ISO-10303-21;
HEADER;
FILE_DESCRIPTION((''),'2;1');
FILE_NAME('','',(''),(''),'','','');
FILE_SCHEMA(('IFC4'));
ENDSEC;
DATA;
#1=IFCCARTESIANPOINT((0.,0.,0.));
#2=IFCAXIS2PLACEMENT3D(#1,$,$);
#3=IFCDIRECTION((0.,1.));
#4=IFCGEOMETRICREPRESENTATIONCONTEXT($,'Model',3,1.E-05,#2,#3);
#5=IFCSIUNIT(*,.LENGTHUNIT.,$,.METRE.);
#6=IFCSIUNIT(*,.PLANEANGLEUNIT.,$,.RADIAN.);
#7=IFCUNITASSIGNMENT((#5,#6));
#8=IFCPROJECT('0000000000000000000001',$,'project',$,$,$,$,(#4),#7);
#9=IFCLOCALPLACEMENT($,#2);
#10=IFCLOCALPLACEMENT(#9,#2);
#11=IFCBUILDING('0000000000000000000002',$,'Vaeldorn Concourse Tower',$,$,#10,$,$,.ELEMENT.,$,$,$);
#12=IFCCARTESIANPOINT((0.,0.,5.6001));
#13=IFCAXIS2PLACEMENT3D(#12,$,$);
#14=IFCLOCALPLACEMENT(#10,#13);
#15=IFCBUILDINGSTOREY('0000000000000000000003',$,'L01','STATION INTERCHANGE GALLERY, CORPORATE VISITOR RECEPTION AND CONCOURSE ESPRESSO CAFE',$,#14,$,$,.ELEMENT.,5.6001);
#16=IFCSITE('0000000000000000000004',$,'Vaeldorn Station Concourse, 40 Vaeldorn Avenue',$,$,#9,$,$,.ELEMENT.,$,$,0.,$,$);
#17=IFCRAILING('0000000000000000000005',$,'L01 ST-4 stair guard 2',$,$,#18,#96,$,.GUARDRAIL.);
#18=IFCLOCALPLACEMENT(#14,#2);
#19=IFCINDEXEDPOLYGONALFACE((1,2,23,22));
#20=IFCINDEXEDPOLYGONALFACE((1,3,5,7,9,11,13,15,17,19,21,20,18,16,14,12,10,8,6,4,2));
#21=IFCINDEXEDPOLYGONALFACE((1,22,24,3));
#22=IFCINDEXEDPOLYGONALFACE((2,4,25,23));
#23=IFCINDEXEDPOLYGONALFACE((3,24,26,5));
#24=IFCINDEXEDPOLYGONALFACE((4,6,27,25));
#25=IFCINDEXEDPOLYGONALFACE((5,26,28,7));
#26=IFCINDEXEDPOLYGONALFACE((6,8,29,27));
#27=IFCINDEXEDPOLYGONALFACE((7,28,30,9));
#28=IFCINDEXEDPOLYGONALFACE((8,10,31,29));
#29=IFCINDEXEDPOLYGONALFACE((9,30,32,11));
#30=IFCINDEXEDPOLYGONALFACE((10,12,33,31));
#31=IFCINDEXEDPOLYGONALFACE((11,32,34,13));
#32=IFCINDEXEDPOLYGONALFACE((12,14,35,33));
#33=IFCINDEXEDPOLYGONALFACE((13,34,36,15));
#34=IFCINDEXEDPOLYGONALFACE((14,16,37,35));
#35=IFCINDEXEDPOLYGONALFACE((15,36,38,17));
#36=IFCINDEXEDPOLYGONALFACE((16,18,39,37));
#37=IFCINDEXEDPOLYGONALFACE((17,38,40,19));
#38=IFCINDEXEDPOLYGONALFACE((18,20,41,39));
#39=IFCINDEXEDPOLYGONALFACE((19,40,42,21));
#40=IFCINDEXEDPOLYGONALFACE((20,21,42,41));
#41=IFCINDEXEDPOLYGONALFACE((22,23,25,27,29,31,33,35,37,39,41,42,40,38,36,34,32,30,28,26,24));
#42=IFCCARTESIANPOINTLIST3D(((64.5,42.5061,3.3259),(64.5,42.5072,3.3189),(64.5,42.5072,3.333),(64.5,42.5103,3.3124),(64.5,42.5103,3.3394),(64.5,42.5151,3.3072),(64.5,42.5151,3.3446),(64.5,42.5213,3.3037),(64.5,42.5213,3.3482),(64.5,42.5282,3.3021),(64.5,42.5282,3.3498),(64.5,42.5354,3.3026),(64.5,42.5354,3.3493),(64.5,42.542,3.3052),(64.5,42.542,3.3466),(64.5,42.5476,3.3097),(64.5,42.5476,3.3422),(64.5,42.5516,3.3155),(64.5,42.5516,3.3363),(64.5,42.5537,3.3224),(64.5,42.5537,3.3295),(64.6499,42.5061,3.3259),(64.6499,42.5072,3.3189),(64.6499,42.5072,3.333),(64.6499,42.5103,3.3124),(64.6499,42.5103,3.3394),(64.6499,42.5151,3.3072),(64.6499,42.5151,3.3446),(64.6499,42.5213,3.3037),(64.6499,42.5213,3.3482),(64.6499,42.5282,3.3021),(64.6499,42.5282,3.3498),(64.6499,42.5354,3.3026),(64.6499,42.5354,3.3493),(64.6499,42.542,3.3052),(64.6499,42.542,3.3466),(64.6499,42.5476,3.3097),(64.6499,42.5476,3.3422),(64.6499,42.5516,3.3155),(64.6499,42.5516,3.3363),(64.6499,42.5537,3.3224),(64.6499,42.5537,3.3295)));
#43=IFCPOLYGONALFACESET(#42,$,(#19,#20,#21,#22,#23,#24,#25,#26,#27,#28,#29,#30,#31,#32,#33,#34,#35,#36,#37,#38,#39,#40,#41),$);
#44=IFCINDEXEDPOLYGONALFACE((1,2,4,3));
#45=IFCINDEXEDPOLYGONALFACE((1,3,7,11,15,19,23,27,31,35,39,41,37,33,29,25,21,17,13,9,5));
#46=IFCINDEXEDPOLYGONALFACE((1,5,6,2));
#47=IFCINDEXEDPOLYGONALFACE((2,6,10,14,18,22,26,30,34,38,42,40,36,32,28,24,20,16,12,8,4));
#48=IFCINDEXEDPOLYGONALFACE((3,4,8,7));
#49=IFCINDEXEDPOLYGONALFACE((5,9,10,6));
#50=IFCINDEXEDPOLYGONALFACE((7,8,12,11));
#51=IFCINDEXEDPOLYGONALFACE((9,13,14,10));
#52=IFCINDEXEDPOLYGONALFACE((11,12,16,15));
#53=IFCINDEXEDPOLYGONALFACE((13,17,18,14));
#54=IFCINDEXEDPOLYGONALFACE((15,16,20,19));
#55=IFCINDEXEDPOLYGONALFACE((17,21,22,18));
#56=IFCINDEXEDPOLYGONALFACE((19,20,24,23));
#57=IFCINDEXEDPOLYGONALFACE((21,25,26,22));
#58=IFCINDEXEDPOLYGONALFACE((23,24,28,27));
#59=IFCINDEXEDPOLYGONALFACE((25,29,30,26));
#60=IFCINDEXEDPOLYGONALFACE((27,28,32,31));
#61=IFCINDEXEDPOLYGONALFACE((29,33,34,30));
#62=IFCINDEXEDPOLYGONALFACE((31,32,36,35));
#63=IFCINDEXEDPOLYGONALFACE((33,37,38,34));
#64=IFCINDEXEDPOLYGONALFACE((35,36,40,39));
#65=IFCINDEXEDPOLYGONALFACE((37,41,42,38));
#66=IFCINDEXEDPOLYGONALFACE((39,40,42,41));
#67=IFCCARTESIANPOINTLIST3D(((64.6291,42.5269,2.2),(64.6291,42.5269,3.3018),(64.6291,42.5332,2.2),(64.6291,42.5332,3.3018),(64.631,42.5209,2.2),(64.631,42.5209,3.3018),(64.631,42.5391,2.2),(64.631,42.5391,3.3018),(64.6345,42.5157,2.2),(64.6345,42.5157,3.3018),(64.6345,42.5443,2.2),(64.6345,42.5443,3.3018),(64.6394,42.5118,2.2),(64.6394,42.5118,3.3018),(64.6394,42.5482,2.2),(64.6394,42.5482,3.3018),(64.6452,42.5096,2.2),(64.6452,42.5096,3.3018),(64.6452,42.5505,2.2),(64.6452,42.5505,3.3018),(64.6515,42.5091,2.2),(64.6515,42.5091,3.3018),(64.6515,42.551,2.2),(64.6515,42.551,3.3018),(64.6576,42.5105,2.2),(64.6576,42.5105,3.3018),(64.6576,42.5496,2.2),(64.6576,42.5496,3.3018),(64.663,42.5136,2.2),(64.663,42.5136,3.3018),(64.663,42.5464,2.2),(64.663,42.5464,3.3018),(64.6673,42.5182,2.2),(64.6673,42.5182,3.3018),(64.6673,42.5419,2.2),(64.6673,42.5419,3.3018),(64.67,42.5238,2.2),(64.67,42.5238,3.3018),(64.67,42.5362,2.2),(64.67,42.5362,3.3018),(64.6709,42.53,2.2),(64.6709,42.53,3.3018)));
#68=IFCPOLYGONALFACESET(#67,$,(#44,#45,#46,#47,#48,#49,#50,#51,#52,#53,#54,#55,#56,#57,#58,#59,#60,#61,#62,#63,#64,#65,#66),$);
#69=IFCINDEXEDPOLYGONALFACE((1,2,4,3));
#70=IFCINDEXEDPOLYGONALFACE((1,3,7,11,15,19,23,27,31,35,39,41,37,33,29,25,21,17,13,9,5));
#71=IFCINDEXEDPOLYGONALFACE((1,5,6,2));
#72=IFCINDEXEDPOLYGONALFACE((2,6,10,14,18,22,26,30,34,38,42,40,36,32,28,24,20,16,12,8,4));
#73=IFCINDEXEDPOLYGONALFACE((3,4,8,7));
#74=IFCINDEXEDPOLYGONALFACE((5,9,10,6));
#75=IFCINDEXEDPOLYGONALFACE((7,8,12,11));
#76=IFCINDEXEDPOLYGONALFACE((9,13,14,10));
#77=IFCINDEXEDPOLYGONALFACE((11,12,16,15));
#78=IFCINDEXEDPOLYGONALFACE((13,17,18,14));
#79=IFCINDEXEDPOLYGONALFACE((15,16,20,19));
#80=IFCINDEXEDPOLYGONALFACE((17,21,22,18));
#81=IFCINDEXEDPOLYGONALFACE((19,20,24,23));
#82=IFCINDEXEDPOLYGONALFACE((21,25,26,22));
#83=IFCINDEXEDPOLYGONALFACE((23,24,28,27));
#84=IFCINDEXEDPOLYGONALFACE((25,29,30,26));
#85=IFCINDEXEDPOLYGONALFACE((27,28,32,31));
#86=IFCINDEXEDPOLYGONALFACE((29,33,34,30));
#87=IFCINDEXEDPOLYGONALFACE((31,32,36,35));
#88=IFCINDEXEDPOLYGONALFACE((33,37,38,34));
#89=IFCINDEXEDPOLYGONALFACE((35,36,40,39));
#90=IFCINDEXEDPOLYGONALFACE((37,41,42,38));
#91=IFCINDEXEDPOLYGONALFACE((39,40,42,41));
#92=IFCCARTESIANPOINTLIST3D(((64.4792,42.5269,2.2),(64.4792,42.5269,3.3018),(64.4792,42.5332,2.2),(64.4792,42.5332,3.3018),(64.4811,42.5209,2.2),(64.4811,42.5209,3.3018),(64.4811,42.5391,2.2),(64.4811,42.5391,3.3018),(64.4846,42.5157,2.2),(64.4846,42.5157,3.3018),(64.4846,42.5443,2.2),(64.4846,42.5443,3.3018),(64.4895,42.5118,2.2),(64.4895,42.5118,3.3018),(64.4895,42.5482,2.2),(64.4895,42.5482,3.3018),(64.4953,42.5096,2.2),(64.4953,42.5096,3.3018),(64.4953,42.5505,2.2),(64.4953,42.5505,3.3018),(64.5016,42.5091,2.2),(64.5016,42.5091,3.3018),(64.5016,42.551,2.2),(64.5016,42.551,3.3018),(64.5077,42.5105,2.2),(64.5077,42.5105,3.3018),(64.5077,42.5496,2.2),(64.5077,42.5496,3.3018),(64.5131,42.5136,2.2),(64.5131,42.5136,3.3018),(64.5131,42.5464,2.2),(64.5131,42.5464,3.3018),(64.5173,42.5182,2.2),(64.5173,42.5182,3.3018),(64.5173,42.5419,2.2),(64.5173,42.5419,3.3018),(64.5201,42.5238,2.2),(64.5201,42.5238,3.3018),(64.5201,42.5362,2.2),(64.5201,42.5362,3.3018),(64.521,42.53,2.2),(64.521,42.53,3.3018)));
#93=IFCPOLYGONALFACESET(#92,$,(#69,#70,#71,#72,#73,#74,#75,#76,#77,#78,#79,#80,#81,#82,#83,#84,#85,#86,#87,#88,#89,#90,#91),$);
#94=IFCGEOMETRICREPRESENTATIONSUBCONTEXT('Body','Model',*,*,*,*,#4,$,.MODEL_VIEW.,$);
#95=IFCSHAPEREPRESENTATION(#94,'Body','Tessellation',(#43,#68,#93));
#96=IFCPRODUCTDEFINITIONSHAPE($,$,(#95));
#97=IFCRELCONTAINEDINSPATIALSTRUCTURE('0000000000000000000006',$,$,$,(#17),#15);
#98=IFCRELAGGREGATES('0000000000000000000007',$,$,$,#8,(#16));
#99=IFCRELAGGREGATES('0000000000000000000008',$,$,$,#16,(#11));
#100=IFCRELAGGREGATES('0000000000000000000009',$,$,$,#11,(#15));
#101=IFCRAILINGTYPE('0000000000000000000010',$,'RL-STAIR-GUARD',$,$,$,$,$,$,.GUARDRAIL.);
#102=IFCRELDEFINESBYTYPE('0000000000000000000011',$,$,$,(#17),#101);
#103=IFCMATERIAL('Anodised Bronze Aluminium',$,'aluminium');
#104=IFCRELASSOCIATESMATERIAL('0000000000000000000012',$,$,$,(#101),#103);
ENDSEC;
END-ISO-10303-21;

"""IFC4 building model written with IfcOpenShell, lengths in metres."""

from ifc_helpers import new_model, si_unit, direction, frame, origin, origin_2d, place, context, subcontext, project, spatial, circle, extrude, material, type_object, element, save


model = new_model("IFC4")

# Units and contexts
model_context = context("Model", 3, precision=1e-05, world=origin(), true_north=direction((0.0, 1.0)))
body_context = subcontext(model_context, "Body", "Model", "MODEL_VIEW")
ifc_project = project(units=[si_unit("LENGTHUNIT", "METRE"), si_unit("PLANEANGLEUNIT", "RADIAN")], contexts=[model_context])

# Site, building, storey
site_placement = place(None, origin())
site = spatial("IfcSite", under=ifc_project, at=site_placement, Name="Vaeldorn Station Concourse, 40 Vaeldorn Avenue", CompositionType="ELEMENT", RefElevation=0.0)
building_placement = place(site_placement, origin())
building = spatial("IfcBuilding", under=site, at=building_placement, Name="Vaeldorn Concourse Tower", CompositionType="ELEMENT")
storey_placement = place(building_placement, frame((0.0, 0.0, 5.6001)))
storey = spatial("IfcBuildingStorey", under=building, at=storey_placement, Name="L01", Description="STATION INTERCHANGE GALLERY, CORPORATE VISITOR RECEPTION AND CONCOURSE ESPRESSO CAFE", CompositionType="ELEMENT", Elevation=5.6001)

# Shared definitions
ifc_material_1 = material(Name="Anodised Bronze Aluminium", Category="aluminium")

# Railing
railing_type_1 = type_object("IfcRailingType", Name="RL-STAIR-GUARD", PredefinedType="GUARDRAIL", material=ifc_material_1)
railing_1_placement = place(storey_placement, frame((64.6499, 42.53, 2.2)))
element("IfcRailing", 1, at=railing_1_placement, inside=storey, type_object=railing_type_1, Name="L01 ST-4 stair guard 2", PredefinedType="GUARDRAIL", context=body_context, shape_type="SweptSolid", body=[
    extrude(circle(Radius=0.0239, at=origin_2d()), frame((0.0, 0.0, 1.126), z_axis=(-1.0, 0.0, 0.0), x_axis=(0.0, -1.0, 0.0)), (0.0, 0.0, 1.0), 0.1499),
    extrude(circle(Radius=0.021, at=origin_2d()), origin(), (0.0, 0.0, 1.0), 1.1018),
    extrude(circle(Radius=0.021, at=origin_2d()), frame((-0.1499, 0.0, 0.0)), (0.0, 0.0, 1.0), 1.1018),
])

save(model, "model.ifc")
